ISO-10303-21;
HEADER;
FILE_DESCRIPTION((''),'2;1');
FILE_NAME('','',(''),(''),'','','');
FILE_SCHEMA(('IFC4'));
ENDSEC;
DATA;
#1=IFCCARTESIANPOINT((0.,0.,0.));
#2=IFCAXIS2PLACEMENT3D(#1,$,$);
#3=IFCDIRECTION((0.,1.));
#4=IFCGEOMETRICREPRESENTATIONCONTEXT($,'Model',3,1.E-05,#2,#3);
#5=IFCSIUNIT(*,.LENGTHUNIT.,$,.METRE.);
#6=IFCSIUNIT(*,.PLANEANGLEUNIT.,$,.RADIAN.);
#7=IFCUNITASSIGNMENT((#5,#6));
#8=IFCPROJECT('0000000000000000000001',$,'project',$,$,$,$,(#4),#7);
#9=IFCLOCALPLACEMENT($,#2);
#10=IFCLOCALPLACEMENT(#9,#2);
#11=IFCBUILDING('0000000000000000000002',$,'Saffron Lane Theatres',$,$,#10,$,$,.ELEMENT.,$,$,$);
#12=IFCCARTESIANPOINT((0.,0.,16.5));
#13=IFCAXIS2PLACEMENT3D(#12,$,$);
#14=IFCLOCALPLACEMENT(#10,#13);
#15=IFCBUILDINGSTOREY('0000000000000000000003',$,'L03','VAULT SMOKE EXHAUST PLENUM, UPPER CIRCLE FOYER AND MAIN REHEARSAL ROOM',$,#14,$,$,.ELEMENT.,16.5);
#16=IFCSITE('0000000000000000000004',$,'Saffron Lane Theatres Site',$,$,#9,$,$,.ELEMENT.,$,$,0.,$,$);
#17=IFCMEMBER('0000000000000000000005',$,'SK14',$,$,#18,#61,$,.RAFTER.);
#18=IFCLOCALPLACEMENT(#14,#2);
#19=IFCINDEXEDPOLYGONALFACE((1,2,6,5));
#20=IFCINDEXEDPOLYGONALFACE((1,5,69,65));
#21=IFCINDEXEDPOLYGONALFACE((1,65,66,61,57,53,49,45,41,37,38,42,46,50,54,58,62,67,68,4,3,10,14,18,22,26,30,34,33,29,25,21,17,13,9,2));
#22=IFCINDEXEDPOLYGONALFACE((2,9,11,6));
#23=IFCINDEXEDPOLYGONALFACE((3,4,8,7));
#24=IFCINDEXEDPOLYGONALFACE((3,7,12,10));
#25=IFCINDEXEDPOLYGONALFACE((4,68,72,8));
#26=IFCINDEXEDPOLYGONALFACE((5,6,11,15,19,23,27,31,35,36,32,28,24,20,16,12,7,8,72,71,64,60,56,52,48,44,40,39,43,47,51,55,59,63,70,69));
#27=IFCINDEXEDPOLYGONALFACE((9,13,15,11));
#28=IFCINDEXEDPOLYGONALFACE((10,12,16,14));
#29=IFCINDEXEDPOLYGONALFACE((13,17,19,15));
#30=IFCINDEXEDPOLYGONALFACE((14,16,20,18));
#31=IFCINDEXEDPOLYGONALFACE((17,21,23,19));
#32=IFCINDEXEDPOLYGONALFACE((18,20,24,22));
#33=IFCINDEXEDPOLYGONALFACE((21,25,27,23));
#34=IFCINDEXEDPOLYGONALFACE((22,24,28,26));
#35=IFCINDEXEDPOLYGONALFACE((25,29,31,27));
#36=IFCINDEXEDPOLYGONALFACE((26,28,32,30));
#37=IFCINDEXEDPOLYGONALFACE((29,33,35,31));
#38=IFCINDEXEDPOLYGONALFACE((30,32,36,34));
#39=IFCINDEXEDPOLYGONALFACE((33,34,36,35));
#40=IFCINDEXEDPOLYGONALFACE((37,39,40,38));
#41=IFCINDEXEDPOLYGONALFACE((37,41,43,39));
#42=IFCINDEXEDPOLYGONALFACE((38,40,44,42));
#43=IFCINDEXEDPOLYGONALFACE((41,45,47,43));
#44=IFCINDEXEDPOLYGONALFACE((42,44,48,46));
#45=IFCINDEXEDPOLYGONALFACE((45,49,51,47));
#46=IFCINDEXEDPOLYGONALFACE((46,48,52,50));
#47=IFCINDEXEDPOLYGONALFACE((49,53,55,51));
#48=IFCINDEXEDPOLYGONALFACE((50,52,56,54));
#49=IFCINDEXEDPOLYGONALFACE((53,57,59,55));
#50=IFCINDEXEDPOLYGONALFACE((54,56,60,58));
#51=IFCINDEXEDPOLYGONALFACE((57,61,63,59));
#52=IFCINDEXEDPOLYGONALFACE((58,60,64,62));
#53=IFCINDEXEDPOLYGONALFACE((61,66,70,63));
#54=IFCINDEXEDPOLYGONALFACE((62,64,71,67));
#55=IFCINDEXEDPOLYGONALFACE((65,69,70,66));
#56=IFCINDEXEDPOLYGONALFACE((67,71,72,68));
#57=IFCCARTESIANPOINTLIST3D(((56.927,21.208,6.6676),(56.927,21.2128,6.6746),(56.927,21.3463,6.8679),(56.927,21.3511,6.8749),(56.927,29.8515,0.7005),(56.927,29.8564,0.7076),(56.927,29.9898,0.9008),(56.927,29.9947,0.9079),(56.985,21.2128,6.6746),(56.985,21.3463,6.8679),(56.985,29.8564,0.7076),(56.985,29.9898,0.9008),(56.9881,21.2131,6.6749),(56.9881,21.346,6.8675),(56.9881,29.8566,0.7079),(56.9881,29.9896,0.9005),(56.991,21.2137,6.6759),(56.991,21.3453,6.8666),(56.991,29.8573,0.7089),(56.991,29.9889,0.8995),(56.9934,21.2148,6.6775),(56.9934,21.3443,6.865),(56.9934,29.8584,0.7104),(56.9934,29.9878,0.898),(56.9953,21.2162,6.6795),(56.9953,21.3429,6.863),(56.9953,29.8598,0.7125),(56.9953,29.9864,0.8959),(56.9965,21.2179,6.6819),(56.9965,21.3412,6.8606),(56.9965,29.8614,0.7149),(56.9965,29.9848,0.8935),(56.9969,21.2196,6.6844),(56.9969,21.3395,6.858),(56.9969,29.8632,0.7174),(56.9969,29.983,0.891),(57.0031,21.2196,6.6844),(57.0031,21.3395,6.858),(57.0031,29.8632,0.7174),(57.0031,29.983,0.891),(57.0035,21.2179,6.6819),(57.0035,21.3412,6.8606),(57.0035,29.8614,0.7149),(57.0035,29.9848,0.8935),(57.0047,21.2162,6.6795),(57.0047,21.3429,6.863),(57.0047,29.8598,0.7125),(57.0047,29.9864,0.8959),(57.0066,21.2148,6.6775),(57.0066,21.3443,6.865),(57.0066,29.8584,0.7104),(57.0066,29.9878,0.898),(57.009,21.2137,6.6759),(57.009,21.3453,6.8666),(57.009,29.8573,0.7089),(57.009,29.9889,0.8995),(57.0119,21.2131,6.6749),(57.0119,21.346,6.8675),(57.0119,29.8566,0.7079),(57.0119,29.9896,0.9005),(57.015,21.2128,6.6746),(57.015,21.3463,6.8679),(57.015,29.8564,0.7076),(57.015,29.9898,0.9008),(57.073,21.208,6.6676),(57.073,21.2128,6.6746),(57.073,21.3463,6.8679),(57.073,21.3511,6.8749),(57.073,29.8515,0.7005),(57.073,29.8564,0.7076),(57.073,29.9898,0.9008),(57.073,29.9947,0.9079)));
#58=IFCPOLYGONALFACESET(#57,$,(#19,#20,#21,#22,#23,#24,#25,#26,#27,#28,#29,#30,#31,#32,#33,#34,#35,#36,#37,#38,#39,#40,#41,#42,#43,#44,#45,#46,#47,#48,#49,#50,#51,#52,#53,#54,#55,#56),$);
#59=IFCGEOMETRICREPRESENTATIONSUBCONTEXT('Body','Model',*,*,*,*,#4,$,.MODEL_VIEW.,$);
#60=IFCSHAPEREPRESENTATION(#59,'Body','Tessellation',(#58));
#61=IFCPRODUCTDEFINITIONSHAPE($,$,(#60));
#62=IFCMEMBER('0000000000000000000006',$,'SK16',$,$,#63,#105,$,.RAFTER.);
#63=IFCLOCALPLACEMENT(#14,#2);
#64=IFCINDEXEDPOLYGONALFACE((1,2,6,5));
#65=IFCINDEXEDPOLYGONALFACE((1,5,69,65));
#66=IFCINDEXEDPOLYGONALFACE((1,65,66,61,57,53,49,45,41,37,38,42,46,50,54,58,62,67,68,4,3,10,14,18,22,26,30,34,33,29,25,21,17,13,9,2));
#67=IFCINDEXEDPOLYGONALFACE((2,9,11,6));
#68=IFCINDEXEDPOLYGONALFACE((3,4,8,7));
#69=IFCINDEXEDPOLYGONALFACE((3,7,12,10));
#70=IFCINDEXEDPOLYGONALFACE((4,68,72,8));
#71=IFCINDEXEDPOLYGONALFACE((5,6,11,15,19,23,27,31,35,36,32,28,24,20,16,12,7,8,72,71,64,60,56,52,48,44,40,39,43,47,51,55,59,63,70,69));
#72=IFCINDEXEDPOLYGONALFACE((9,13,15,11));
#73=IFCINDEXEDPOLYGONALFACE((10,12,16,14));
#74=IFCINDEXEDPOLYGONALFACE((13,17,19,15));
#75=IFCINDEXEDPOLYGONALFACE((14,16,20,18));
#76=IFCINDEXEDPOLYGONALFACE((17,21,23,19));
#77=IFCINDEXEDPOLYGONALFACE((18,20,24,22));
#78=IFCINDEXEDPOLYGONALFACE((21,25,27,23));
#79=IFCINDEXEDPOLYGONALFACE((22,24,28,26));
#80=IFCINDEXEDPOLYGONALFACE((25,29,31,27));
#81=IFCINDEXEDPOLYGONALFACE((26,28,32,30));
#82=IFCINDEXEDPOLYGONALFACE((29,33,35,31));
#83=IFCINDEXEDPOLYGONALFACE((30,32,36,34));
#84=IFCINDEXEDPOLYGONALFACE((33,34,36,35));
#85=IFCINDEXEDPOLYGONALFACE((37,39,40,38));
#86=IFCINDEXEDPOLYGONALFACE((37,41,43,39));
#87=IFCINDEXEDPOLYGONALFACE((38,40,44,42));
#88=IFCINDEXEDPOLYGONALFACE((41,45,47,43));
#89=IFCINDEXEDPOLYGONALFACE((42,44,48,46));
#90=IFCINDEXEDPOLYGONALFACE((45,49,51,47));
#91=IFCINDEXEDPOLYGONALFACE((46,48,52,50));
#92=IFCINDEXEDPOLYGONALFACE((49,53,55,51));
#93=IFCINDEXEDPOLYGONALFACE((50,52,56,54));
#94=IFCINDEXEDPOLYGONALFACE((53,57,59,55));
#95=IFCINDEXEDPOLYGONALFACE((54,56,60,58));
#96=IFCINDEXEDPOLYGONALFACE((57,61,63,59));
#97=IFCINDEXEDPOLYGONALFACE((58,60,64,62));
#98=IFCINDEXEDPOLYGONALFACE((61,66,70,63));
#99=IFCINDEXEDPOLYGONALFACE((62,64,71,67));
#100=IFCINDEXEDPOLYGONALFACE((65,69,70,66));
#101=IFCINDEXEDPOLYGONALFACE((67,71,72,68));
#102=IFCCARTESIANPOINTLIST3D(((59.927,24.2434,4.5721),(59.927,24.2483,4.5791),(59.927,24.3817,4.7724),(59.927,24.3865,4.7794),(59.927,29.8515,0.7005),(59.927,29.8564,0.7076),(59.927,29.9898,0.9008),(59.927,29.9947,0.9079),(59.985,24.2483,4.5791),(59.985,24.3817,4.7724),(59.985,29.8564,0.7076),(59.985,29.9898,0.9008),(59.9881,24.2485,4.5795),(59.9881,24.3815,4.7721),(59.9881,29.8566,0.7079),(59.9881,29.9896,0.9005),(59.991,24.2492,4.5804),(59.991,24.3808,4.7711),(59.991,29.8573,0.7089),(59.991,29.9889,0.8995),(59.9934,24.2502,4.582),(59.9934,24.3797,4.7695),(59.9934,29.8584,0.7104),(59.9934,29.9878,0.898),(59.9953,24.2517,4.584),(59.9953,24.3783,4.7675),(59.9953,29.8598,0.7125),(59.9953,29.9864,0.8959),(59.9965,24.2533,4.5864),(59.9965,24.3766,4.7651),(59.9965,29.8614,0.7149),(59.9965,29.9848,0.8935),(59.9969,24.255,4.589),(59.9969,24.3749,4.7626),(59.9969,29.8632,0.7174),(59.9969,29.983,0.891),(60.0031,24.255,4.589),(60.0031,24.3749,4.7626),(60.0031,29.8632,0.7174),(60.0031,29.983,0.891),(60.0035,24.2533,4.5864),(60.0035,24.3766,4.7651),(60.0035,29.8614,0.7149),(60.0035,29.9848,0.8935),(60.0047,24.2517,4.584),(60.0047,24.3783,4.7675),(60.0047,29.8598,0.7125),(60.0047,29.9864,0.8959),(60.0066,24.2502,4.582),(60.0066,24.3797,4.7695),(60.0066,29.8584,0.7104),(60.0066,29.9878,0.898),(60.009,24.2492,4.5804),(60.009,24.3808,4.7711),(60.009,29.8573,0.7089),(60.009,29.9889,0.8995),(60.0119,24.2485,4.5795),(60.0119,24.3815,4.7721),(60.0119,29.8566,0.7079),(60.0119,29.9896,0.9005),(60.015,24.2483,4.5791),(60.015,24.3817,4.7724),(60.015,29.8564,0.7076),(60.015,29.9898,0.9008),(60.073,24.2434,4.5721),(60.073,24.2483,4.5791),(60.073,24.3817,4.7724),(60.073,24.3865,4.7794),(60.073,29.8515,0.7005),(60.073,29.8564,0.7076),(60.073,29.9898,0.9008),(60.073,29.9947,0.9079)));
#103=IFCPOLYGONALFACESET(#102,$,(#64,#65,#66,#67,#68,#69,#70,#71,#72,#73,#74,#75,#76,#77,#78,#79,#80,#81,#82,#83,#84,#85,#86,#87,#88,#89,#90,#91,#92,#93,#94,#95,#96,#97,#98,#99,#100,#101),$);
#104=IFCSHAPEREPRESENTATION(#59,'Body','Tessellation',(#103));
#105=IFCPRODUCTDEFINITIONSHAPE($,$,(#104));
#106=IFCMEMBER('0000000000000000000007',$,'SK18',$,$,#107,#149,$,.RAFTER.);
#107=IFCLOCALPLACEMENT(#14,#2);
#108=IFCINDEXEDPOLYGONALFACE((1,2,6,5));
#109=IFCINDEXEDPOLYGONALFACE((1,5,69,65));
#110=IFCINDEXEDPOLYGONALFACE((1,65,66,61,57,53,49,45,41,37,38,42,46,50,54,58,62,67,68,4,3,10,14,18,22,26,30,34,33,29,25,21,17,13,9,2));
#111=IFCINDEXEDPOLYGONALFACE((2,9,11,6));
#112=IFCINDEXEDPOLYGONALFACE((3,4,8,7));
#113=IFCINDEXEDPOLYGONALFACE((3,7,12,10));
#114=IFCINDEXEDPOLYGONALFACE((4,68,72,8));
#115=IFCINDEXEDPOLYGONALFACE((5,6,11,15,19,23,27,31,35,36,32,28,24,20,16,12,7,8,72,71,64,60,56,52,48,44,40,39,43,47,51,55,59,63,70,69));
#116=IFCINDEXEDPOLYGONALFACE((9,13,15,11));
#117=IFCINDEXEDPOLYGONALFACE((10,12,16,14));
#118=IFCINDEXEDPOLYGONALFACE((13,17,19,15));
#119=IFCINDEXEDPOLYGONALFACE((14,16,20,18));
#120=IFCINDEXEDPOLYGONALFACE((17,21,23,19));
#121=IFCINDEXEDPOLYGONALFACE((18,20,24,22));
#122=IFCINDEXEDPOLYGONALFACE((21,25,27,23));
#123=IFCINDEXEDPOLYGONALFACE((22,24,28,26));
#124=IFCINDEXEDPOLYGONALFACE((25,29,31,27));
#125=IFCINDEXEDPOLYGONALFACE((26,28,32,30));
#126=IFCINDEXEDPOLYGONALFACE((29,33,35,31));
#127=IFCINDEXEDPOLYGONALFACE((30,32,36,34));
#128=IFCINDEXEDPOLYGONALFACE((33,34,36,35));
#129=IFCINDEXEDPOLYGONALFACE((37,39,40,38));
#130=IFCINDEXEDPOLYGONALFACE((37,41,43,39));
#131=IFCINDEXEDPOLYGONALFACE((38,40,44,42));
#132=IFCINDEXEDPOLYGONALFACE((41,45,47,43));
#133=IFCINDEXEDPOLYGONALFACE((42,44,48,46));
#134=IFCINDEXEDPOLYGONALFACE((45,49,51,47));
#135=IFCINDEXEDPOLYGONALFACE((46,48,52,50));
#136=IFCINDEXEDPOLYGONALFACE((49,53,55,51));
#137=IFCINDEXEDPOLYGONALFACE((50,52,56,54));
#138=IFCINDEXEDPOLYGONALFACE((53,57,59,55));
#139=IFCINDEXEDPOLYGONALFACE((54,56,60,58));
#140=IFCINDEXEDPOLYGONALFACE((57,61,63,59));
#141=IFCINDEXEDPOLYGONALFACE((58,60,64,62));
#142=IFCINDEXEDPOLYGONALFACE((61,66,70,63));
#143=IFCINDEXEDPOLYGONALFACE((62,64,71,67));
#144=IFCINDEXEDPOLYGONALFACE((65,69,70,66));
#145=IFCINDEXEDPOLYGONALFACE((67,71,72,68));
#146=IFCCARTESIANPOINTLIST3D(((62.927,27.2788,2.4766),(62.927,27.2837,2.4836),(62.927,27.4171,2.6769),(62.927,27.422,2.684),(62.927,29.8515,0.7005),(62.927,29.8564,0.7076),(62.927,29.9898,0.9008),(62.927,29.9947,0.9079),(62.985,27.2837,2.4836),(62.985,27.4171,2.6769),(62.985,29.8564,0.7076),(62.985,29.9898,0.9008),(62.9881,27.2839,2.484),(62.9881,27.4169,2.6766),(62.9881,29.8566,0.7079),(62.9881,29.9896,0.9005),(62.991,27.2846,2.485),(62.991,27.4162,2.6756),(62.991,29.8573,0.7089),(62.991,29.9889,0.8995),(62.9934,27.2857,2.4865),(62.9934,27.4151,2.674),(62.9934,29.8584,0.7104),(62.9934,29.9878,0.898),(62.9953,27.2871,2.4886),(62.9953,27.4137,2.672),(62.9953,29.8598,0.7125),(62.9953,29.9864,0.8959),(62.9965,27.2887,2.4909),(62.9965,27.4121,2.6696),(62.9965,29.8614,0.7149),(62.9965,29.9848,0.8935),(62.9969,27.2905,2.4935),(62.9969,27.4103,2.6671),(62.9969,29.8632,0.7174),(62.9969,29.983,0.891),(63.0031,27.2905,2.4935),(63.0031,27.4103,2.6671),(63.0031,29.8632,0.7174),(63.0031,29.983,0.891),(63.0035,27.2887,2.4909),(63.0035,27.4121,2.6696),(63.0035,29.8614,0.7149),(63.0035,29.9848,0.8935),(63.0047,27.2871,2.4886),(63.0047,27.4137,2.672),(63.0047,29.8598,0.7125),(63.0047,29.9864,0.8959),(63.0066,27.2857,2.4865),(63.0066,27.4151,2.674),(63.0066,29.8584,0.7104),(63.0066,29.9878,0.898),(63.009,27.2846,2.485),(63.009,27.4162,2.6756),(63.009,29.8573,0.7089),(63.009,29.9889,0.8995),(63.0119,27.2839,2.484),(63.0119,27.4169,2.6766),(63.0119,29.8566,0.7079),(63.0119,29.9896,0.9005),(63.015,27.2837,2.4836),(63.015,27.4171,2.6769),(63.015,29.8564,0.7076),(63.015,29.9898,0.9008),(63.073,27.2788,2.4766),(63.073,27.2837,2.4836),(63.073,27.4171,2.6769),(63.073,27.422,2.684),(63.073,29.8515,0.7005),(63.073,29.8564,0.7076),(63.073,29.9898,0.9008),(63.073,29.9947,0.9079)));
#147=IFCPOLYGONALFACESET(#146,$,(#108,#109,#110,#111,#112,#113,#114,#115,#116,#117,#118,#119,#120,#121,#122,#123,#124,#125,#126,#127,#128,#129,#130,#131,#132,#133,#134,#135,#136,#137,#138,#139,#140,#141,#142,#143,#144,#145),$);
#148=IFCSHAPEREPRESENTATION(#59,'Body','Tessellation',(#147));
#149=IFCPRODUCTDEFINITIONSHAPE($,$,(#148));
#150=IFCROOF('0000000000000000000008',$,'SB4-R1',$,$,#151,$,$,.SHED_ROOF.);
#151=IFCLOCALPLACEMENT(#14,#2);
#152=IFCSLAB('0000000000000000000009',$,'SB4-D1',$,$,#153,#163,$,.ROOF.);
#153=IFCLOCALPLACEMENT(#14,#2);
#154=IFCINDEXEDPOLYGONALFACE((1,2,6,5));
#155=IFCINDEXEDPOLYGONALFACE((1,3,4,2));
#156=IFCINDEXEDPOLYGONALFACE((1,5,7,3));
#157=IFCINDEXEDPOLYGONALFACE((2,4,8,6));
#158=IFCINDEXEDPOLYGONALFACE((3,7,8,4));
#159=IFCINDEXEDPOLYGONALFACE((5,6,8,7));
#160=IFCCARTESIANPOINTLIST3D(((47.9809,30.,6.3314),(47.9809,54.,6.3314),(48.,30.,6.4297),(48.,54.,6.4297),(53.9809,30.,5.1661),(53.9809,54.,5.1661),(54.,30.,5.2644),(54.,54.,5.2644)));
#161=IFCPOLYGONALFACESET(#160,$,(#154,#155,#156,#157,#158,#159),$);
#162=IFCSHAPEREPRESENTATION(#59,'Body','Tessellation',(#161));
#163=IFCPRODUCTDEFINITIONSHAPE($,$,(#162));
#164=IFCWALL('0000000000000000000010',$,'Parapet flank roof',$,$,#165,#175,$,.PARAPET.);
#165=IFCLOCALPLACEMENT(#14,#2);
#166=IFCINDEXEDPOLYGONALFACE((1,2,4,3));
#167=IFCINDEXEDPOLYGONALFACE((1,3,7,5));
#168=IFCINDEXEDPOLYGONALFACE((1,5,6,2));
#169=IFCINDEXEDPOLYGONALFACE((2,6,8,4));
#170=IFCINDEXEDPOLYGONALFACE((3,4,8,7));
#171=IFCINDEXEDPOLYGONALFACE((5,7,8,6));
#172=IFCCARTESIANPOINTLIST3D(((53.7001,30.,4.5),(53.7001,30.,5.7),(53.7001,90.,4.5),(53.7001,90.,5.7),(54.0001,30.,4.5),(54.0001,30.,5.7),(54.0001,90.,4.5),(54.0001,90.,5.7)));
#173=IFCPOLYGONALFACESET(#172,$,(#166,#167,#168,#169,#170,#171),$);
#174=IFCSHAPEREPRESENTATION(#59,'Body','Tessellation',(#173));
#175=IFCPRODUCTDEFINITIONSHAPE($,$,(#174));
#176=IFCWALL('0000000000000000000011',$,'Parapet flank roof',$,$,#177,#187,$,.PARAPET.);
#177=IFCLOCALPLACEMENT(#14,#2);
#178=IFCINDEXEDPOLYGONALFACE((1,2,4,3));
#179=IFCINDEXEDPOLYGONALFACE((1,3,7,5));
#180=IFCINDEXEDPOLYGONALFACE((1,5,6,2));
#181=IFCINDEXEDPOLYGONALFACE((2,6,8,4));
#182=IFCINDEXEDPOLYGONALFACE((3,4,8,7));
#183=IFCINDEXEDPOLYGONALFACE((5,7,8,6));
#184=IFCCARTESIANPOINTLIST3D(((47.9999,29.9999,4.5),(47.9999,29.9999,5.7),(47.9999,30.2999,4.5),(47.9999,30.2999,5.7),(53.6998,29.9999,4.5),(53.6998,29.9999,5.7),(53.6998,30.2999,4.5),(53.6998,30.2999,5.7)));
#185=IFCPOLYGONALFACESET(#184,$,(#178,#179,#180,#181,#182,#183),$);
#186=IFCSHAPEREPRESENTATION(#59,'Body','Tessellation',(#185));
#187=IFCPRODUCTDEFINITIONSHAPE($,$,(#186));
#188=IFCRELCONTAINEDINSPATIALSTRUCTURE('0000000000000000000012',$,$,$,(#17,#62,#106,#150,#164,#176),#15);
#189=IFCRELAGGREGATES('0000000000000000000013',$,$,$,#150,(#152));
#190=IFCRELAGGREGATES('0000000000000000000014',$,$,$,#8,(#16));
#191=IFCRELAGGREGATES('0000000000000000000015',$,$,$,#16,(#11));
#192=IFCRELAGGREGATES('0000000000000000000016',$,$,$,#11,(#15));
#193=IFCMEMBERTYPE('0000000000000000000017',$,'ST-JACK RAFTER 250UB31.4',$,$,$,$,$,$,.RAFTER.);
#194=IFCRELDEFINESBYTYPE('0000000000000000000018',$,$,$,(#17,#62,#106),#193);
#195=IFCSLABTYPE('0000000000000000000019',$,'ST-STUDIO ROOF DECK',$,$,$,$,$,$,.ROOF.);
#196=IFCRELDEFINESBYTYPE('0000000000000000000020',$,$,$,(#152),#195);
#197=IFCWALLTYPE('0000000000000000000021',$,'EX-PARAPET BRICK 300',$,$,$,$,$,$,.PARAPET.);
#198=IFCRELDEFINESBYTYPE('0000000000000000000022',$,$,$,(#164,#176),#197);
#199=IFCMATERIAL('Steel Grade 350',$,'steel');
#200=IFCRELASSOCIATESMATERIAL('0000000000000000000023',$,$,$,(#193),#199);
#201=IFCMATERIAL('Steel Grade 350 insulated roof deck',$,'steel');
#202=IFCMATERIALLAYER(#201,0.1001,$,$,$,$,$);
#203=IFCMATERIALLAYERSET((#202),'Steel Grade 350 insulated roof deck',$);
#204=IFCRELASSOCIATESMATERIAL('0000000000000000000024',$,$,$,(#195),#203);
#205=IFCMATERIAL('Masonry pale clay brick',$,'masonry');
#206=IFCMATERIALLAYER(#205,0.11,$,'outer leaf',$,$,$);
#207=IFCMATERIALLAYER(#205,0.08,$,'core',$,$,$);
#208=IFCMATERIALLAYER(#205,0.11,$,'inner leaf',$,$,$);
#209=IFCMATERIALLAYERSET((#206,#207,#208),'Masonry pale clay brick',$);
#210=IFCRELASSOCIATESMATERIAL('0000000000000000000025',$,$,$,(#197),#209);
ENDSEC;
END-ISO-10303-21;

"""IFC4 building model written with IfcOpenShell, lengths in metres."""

from ifc_helpers import new_model, si_unit, direction, frame, frame_2d, origin, origin_2d, place, context, subcontext, project, spatial, polyline, rectangle, i_section, outline, extrude, material, layer, layer_set, material_profile, profile_set, type_object, element, aggregate, save


model = new_model("IFC4")

# Units and contexts
model_context = context("Model", 3, precision=1e-05, world=origin(), true_north=direction((0.0, 1.0)))
body_context = subcontext(model_context, "Body", "Model", "MODEL_VIEW")
ifc_project = project(units=[si_unit("LENGTHUNIT", "METRE"), si_unit("PLANEANGLEUNIT", "RADIAN")], contexts=[model_context])

# Site, building, storey
site_placement = place(None, origin())
site = spatial("IfcSite", under=ifc_project, at=site_placement, Name="Saffron Lane Theatres Site", CompositionType="ELEMENT", RefElevation=0.0)
building_placement = place(site_placement, origin())
building = spatial("IfcBuilding", under=site, at=building_placement, Name="Saffron Lane Theatres", CompositionType="ELEMENT")
storey_placement = place(building_placement, frame((0.0, 0.0, 16.5)))
storey = spatial("IfcBuildingStorey", under=building, at=storey_placement, Name="L03", Description="VAULT SMOKE EXHAUST PLENUM, UPPER CIRCLE FOYER AND MAIN REHEARSAL ROOM", CompositionType="ELEMENT", Elevation=16.5)

# Members
ifc_material_1 = material(Name="Steel Grade 350", Category="steel")
ifc_material_profile_1 = material_profile(ifc_material_1, i_section(OverallWidth=0.146, OverallDepth=0.252, WebThickness=0.0061, FlangeThickness=0.0085, FilletRadius=0.012, at=origin_2d()))
ifc_profile_set_1 = profile_set([ifc_material_profile_1], Name="Steel Grade 350")
member_type = type_object("IfcMemberType", Name="ST-JACK RAFTER 250UB31.4", PredefinedType="RAFTER", material=ifc_profile_set_1)
member_1_placement = place(storey_placement, frame((57.0, 29.9231, 0.8042), z_axis=(0.0, -0.822947, 0.568118), x_axis=(1.0, 0.0, 0.0)))
element("IfcMember", 1, at=member_1_placement, inside=storey, type_object=member_type, Name="SK14", PredefinedType="RAFTER", context=body_context, shape_type="SweptSolid", body=[
    extrude(i_section(OverallWidth=0.146, OverallDepth=0.252, WebThickness=0.0061, FlangeThickness=0.0085, FilletRadius=0.012, at=origin_2d()), origin(), (0.0, 0.0, 1.0), 10.5032),
])
member_2_placement = place(storey_placement, frame((60.0, 29.9231, 0.8042), z_axis=(0.0, -0.822946, 0.56812), x_axis=(1.0, 0.0, 0.0)))
element("IfcMember", 2, at=member_2_placement, inside=storey, type_object=member_type, Name="SK16", PredefinedType="RAFTER", context=body_context, shape_type="SweptSolid", body=[
    extrude(i_section(OverallWidth=0.146, OverallDepth=0.252, WebThickness=0.0061, FlangeThickness=0.0085, FilletRadius=0.012, at=origin_2d()), origin(), (0.0, 0.0, 1.0), 6.8147),
])
member_3_placement = place(storey_placement, frame((63.0, 29.9231, 0.8042), z_axis=(0.0, -0.822942, 0.568125), x_axis=(1.0, 0.0, 0.0)))
element("IfcMember", 3, at=member_3_placement, inside=storey, type_object=member_type, Name="SK18", PredefinedType="RAFTER", context=body_context, shape_type="SweptSolid", body=[
    extrude(i_section(OverallWidth=0.146, OverallDepth=0.252, WebThickness=0.0061, FlangeThickness=0.0085, FilletRadius=0.012, at=origin_2d()), origin(), (0.0, 0.0, 1.0), 3.1262),
])

# Roof, slab
roof_placement = place(storey_placement, origin())
roof = element("IfcRoof", 4, at=roof_placement, inside=storey, Name="SB4-R1", PredefinedType="SHED_ROOF")
ifc_material_2 = material(Name="Steel Grade 350 insulated roof deck", Category="steel")
ifc_layer_1 = layer(ifc_material_2, 0.1001)
ifc_layer_set_1 = layer_set([ifc_layer_1], Name="Steel Grade 350 insulated roof deck")
slab_type = type_object("IfcSlabType", Name="ST-STUDIO ROOF DECK", PredefinedType="ROOF", material=ifc_layer_set_1)
slab_placement = place(storey_placement, frame((54.0, 30.0, 5.2644), z_axis=(0.190652, 0.0, 0.981658), x_axis=(-0.981658, 0.0, 0.190652)))
slab = element("IfcSlab", 5, at=slab_placement, type_object=slab_type, Name="SB4-D1", PredefinedType="ROOF", context=body_context, shape_type="SweptSolid", body=[
    extrude(outline(polyline([(0.0, 0.0), (6.1121, 0.0), (6.1121, -24.0), (0.0, -24.0), (0.0, 0.0)])), origin(), (0.0, 0.0, -1.0), 0.1001),
])
aggregate(roof, [slab])

# Walls
ifc_material_3 = material(Name="Masonry pale clay brick", Category="masonry")
ifc_layer_2 = layer(ifc_material_3, 0.11, Name="outer leaf")
ifc_layer_3 = layer(ifc_material_3, 0.08, Name="core")
ifc_layer_4 = layer(ifc_material_3, 0.11, Name="inner leaf")
ifc_layer_set_2 = layer_set([ifc_layer_2, ifc_layer_3, ifc_layer_4], Name="Masonry pale clay brick")
wall_type_1 = type_object("IfcWallType", Name="EX-PARAPET BRICK 300", PredefinedType="PARAPET", material=ifc_layer_set_2)
wall_1_placement = place(storey_placement, frame((53.8501, 30.0, 4.5), z_axis=(0.0, 0.0, 1.0), x_axis=(0.0, 1.0, 0.0)))
element("IfcWall", 6, at=wall_1_placement, inside=storey, type_object=wall_type_1, Name="Parapet flank roof", PredefinedType="PARAPET", context=body_context, shape_type="SweptSolid", body=[
    extrude(rectangle(XDim=60.0, YDim=0.3, at=frame_2d((30.0, 0.0))), origin(), (0.0, 0.0, 1.0), 1.2),
])
wall_2_placement = place(storey_placement, frame((53.7, 30.1499, 4.5), z_axis=(0.0, 0.0, 1.0), x_axis=(-1.0, 0.0, 0.0)))
element("IfcWall", 7, at=wall_2_placement, inside=storey, type_object=wall_type_1, Name="Parapet flank roof", PredefinedType="PARAPET", context=body_context, shape_type="SweptSolid", body=[
    extrude(rectangle(XDim=5.7, YDim=0.3, at=frame_2d((2.8501, 0.0))), origin(), (0.0, 0.0, 1.0), 1.2),
])

save(model, "model.ifc")
